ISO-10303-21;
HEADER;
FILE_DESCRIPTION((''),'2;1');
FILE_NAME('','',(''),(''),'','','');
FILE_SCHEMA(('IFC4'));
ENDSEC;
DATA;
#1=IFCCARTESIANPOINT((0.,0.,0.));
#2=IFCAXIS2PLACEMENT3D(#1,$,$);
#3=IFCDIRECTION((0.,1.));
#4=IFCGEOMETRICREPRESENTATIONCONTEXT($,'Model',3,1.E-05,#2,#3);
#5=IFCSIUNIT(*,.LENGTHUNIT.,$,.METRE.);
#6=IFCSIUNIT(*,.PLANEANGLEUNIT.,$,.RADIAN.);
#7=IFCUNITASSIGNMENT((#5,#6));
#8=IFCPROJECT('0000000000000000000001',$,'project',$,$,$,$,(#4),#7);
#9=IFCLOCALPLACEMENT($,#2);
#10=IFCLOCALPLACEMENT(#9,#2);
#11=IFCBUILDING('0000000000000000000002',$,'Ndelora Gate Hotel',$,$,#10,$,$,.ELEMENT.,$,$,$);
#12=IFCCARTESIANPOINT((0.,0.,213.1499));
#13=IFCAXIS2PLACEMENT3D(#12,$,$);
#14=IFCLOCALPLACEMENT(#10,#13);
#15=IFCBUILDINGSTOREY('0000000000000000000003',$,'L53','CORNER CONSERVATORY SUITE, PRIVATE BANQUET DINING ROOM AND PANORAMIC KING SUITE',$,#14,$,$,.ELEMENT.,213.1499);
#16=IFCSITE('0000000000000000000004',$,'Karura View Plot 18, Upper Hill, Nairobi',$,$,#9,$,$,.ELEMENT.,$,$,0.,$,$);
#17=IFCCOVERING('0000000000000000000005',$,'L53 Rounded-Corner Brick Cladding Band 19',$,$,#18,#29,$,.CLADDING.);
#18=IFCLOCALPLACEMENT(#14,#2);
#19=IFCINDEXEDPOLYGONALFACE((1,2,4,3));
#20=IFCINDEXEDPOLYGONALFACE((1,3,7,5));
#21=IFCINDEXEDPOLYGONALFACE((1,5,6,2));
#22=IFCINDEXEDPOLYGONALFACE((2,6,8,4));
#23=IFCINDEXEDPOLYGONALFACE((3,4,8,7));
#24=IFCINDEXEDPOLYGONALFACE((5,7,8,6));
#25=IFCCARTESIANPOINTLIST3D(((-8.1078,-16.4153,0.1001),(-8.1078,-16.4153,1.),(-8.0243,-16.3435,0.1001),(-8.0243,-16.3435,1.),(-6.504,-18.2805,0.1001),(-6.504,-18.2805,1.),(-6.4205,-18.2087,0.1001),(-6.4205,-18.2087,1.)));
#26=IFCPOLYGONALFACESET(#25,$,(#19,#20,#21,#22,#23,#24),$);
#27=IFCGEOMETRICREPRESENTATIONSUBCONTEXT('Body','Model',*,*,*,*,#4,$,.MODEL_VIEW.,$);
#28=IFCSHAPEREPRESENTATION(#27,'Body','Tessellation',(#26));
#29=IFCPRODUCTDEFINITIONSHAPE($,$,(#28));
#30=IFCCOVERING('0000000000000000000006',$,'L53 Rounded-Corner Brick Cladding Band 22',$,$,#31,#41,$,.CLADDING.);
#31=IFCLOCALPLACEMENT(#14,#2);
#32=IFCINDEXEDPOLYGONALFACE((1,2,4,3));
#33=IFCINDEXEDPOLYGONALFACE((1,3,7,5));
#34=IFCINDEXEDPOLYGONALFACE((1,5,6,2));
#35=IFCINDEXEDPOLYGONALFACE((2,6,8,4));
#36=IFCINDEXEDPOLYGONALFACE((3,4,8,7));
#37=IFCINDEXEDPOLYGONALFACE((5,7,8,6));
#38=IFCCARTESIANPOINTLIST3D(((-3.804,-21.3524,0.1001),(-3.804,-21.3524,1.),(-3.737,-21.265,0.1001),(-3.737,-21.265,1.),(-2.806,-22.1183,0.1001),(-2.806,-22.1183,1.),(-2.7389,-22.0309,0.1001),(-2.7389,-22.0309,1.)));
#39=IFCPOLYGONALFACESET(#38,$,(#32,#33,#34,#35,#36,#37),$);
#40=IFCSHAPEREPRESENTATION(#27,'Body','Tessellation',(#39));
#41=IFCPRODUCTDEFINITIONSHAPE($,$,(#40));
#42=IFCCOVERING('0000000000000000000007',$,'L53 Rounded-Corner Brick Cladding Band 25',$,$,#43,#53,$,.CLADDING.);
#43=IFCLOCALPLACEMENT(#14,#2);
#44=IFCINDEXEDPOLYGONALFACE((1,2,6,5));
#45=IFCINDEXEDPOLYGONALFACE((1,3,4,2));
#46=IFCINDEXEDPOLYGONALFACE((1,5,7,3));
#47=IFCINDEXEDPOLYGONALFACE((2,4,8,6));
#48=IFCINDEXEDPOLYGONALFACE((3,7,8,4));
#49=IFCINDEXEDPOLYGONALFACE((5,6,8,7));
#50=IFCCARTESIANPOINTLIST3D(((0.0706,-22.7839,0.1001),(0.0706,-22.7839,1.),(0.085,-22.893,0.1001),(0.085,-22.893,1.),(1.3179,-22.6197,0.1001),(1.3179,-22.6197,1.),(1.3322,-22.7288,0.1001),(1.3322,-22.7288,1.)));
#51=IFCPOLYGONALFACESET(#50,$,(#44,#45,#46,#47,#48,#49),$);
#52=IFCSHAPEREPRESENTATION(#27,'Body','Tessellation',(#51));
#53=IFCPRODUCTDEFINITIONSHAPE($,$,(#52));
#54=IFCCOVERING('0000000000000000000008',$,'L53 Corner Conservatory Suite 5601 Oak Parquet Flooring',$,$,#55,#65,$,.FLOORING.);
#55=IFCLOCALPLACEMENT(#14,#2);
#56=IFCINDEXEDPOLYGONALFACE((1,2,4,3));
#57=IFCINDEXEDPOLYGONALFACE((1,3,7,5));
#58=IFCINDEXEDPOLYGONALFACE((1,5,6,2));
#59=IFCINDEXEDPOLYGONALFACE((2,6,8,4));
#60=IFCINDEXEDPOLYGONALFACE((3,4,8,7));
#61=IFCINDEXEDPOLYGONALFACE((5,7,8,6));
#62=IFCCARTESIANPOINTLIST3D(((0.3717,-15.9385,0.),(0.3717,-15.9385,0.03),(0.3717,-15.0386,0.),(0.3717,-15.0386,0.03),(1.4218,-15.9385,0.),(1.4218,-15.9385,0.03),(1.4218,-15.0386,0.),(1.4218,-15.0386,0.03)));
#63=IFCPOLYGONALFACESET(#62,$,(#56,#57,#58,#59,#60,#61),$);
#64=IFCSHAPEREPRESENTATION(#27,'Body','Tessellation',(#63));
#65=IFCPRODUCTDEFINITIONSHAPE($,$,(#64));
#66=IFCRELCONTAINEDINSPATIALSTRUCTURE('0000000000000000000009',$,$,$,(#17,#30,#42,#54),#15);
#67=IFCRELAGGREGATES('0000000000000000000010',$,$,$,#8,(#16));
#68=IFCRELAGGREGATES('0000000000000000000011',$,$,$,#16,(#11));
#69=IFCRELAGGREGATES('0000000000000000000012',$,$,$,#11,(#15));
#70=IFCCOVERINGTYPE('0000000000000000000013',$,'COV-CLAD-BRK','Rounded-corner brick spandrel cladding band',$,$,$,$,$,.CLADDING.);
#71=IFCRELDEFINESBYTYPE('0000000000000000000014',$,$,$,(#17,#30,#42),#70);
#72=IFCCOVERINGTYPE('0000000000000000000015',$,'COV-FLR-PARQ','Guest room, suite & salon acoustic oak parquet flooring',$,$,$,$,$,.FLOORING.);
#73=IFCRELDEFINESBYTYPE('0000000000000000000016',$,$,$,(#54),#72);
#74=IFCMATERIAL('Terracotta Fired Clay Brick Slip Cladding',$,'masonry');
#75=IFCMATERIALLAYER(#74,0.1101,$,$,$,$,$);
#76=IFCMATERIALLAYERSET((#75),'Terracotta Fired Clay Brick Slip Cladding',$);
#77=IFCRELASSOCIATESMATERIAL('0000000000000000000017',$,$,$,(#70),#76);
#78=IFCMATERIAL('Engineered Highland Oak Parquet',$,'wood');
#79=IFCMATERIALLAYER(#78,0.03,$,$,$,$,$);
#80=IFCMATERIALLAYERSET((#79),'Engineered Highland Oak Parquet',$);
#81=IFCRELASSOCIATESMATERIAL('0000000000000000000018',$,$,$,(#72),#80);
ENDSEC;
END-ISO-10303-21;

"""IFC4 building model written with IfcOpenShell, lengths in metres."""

from ifc_helpers import new_model, si_unit, direction, frame, origin, origin_2d, place, context, subcontext, project, spatial, rectangle, extrude, material, layer, layer_set, type_object, element, save


model = new_model("IFC4")

# Units and contexts
model_context = context("Model", 3, precision=1e-05, world=origin(), true_north=direction((0.0, 1.0)))
body_context = subcontext(model_context, "Body", "Model", "MODEL_VIEW")
ifc_project = project(units=[si_unit("LENGTHUNIT", "METRE"), si_unit("PLANEANGLEUNIT", "RADIAN")], contexts=[model_context])

# Site, building, storey
site_placement = place(None, origin())
site = spatial("IfcSite", under=ifc_project, at=site_placement, Name="Karura View Plot 18, Upper Hill, Nairobi", CompositionType="ELEMENT", RefElevation=0.0)
building_placement = place(site_placement, origin())
building = spatial("IfcBuilding", under=site, at=building_placement, Name="Ndelora Gate Hotel", CompositionType="ELEMENT")
storey_placement = place(building_placement, frame((0.0, 0.0, 213.1499)))
storey = spatial("IfcBuildingStorey", under=building, at=storey_placement, Name="L53", Description="CORNER CONSERVATORY SUITE, PRIVATE BANQUET DINING ROOM AND PANORAMIC KING SUITE", CompositionType="ELEMENT", Elevation=213.1499)

# Coverings
ifc_material_1 = material(Name="Terracotta Fired Clay Brick Slip Cladding", Category="masonry")
ifc_layer_1 = layer(ifc_material_1, 0.1101)
ifc_layer_set_1 = layer_set([ifc_layer_1], Name="Terracotta Fired Clay Brick Slip Cladding")
covering_type_1 = type_object("IfcCoveringType", Name="COV-CLAD-BRK", Description="Rounded-corner brick spandrel cladding band", PredefinedType="CLADDING", material=ifc_layer_set_1)
covering_1_placement = place(storey_placement, frame((-7.2642, -17.312, 0.1001), z_axis=(0.0, 0.0, 1.0), x_axis=(-0.651966, 0.758248, 0.0)))
element("IfcCovering", 1, at=covering_1_placement, inside=storey, type_object=covering_type_1, Name="L53 Rounded-Corner Brick Cladding Band 19", PredefinedType="CLADDING", context=body_context, shape_type="SweptSolid", body=[
    extrude(rectangle(XDim=2.46, YDim=0.1101, at=origin_2d()), origin(), (0.0, 0.0, 1.0), 0.8999),
])
for number, where, z_axis, x_axis, name in (
    (2, (-3.2715, -21.6917, 0.1001), (0.0, 0.0, 1.0), (-0.793353, 0.608761, 0.0), "L53 Rounded-Corner Brick Cladding Band 22"),
    (3, (0.7014, -22.7563, 0.1001), (0.0, 0.0, 1.0), (0.991445, 0.130526, 0.0), "L53 Rounded-Corner Brick Cladding Band 25"),
):
    element("IfcCovering", number, at=place(storey_placement, frame(where, z_axis=z_axis, x_axis=x_axis)), inside=storey, type_object=covering_type_1, Name=name, PredefinedType="CLADDING", context=body_context, shape_type="SweptSolid", body=[
        extrude(rectangle(XDim=1.2581, YDim=0.1101, at=origin_2d()), origin(), (0.0, 0.0, 1.0), 0.8999),
    ])
ifc_material_2 = material(Name="Engineered Highland Oak Parquet", Category="wood")
ifc_layer_2 = layer(ifc_material_2, 0.03)
ifc_layer_set_2 = layer_set([ifc_layer_2], Name="Engineered Highland Oak Parquet")
covering_type_2 = type_object("IfcCoveringType", Name="COV-FLR-PARQ", Description="Guest room, suite & salon acoustic oak parquet flooring", PredefinedType="FLOORING", material=ifc_layer_set_2)
covering_2_placement = place(storey_placement, frame((0.8967, -15.4885, 0.0), z_axis=(0.0, 0.0, 1.0), x_axis=(1.0, 0.0, 0.0)))
element("IfcCovering", 4, at=covering_2_placement, inside=storey, type_object=covering_type_2, Name="L53 Corner Conservatory Suite 5601 Oak Parquet Flooring", PredefinedType="FLOORING", context=body_context, shape_type="SweptSolid", body=[
    extrude(rectangle(XDim=1.05, YDim=0.8999, at=origin_2d()), origin(), (0.0, 0.0, 1.0), 0.03),
])

save(model, "model.ifc")
